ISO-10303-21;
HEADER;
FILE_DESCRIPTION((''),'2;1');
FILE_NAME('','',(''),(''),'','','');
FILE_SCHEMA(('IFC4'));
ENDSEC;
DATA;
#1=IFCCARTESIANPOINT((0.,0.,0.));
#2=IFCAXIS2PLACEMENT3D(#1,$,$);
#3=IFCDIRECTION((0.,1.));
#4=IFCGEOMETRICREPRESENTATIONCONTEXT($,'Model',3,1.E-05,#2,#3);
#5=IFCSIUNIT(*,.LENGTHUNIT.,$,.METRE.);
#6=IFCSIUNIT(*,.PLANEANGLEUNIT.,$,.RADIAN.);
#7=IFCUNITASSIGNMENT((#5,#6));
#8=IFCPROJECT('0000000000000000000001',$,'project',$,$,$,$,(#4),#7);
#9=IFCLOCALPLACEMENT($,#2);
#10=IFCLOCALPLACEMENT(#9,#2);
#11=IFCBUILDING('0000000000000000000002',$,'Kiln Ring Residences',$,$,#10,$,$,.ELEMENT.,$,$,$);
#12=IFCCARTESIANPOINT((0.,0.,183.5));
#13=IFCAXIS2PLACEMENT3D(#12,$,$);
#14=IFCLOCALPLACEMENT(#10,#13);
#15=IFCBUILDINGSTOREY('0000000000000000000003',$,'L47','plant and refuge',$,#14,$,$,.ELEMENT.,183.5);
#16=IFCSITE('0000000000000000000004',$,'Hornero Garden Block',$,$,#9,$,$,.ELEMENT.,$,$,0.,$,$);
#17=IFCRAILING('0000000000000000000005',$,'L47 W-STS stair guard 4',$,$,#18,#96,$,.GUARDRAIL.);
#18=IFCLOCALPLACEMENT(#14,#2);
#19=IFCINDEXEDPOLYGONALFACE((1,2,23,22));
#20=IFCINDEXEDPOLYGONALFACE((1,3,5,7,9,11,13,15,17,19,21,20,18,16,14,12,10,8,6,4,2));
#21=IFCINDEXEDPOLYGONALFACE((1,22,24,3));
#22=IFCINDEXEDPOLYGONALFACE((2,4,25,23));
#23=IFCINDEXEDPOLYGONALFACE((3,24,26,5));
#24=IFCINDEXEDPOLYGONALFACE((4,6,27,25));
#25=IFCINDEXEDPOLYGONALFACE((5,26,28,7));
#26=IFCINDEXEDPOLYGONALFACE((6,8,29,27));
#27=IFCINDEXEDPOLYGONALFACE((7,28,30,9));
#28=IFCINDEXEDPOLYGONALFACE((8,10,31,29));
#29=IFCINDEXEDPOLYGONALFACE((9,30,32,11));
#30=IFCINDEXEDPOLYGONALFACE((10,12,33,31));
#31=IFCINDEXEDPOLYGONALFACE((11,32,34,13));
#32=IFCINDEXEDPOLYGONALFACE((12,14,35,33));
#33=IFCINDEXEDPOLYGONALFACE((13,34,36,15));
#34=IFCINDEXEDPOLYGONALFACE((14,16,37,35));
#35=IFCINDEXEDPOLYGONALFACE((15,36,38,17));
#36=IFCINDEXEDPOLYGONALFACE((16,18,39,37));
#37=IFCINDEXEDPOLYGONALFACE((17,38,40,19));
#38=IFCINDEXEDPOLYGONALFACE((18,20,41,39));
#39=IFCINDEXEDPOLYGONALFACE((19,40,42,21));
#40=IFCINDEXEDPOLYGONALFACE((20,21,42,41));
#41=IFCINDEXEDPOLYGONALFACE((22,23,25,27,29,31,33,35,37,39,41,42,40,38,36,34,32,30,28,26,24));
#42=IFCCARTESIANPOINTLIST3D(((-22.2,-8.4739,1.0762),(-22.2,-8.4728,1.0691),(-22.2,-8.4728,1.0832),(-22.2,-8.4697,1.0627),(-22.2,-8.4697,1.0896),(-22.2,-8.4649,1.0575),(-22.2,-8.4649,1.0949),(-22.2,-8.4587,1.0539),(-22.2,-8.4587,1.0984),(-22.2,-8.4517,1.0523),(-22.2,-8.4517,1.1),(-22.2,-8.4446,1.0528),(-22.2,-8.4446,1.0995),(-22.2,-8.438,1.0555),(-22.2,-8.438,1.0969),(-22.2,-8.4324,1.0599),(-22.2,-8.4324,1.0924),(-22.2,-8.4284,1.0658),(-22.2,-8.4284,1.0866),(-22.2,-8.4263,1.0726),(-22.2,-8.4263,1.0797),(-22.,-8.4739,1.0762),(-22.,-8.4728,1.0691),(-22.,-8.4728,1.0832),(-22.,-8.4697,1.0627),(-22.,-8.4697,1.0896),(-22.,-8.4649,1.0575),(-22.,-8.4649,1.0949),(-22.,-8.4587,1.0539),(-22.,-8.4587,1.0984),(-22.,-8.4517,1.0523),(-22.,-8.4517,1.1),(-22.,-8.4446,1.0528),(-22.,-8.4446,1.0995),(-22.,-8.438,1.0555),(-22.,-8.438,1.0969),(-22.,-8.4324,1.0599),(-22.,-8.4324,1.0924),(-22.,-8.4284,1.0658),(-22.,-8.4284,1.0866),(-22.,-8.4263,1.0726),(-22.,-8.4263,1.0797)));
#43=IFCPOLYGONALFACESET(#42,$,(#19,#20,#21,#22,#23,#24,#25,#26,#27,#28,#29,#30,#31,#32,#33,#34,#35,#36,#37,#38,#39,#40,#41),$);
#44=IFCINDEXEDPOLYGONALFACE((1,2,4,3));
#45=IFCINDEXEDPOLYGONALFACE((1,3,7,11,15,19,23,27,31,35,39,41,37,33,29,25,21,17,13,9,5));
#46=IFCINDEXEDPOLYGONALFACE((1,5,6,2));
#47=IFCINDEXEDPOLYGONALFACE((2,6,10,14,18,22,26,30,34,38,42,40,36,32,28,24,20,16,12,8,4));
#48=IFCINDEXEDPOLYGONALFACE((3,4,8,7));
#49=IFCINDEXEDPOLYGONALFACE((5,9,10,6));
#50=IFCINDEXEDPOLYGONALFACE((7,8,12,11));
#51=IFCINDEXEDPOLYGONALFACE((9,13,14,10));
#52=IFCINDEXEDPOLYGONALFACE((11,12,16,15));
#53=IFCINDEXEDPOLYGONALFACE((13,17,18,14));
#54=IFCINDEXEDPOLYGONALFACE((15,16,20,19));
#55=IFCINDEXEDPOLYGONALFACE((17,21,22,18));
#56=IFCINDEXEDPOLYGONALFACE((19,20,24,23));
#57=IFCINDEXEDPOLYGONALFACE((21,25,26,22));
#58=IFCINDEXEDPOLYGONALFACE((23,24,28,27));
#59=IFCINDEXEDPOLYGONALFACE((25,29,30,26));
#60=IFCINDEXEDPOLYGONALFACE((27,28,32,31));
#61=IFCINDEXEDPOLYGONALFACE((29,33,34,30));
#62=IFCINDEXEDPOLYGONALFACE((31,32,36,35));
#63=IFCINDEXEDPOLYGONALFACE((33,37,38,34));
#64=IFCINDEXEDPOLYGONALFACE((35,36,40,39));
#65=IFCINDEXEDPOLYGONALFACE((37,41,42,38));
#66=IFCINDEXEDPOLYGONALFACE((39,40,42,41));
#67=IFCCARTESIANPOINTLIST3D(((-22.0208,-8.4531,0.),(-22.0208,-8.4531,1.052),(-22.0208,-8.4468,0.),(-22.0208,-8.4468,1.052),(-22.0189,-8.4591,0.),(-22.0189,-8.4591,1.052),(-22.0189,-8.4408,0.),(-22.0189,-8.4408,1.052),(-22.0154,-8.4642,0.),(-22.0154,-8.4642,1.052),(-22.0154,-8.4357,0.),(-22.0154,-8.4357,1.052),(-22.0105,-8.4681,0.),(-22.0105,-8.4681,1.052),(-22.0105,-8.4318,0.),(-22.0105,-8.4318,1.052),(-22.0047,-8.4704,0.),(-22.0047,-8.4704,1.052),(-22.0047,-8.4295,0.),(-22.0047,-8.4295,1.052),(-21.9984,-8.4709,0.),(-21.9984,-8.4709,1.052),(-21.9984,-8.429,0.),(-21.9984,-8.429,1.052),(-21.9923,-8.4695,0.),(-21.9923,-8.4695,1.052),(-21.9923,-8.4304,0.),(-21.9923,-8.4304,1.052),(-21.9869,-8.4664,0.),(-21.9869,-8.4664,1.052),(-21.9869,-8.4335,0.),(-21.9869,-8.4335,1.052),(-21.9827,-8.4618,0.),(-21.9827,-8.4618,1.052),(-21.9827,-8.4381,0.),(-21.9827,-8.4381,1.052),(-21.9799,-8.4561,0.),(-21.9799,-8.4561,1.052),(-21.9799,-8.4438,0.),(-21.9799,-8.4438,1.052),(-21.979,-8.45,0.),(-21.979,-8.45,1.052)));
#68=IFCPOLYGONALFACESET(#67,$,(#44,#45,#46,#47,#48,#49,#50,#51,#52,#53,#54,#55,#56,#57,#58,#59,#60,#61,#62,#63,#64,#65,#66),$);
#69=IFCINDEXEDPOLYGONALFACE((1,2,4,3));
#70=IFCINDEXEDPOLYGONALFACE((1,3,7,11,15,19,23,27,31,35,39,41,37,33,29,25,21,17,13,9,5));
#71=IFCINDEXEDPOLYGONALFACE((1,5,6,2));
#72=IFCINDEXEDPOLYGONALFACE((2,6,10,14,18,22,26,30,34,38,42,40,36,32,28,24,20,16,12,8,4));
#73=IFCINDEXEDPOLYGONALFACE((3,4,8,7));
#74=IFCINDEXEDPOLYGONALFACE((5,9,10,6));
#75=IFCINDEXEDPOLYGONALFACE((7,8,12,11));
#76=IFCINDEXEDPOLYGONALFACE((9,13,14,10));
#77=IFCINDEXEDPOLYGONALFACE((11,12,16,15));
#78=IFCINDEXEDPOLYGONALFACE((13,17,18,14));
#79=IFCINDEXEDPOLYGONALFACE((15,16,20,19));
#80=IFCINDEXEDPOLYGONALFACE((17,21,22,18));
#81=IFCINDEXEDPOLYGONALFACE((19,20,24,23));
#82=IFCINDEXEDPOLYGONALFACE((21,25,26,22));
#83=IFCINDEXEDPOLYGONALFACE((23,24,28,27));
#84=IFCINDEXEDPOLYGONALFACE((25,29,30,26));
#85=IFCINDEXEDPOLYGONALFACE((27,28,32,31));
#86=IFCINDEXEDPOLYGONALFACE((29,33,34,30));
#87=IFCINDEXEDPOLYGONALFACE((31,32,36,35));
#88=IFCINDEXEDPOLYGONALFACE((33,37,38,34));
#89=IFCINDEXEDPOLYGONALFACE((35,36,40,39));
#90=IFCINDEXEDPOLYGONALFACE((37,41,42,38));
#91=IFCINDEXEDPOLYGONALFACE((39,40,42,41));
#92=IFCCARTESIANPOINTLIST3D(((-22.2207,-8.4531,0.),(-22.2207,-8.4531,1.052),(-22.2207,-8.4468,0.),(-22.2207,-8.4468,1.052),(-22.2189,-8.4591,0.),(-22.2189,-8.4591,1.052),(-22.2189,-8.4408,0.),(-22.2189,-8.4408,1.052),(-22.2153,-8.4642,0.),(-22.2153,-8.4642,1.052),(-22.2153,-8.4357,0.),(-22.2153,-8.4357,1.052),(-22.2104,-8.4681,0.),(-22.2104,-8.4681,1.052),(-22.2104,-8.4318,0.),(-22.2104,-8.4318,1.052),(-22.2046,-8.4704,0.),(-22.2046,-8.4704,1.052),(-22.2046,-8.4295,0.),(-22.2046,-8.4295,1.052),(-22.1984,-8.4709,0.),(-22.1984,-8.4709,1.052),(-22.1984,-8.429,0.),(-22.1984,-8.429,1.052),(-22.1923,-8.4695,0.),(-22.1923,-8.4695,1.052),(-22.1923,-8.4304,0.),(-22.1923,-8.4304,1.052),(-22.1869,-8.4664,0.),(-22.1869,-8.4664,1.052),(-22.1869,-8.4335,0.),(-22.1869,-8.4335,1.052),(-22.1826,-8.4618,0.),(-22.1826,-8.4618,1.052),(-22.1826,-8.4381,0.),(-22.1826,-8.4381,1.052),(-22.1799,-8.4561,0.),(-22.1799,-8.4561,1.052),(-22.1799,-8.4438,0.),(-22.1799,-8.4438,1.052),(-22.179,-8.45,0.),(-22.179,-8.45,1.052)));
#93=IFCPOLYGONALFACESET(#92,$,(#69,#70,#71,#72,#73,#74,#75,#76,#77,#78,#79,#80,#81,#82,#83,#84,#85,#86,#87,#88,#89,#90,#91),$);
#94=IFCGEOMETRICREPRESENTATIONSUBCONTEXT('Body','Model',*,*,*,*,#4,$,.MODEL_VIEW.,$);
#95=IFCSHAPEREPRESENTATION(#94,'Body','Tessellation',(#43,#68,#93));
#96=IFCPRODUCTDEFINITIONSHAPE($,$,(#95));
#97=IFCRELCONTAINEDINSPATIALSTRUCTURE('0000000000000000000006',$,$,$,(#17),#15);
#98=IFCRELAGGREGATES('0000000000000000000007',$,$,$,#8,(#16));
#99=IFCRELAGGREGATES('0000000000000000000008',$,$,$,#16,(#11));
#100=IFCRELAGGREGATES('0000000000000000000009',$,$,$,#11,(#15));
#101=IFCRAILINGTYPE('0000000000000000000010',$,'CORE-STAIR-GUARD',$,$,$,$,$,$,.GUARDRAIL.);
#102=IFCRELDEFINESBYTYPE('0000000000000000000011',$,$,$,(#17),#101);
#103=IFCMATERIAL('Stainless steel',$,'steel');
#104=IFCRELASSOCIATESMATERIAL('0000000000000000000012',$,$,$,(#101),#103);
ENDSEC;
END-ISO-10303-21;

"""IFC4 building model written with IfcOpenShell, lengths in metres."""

from ifc_helpers import new_model, si_unit, direction, frame, origin, origin_2d, place, context, subcontext, project, spatial, circle, extrude, material, type_object, element, save


model = new_model("IFC4")

# Units and contexts
model_context = context("Model", 3, precision=1e-05, world=origin(), true_north=direction((0.0, 1.0)))
body_context = subcontext(model_context, "Body", "Model", "MODEL_VIEW")
ifc_project = project(units=[si_unit("LENGTHUNIT", "METRE"), si_unit("PLANEANGLEUNIT", "RADIAN")], contexts=[model_context])

# Site, building, storey
site_placement = place(None, origin())
site = spatial("IfcSite", under=ifc_project, at=site_placement, Name="Hornero Garden Block", CompositionType="ELEMENT", RefElevation=0.0)
building_placement = place(site_placement, origin())
building = spatial("IfcBuilding", under=site, at=building_placement, Name="Kiln Ring Residences", CompositionType="ELEMENT")
storey_placement = place(building_placement, frame((0.0, 0.0, 183.5)))
storey = spatial("IfcBuildingStorey", under=building, at=storey_placement, Name="L47", Description="plant and refuge", CompositionType="ELEMENT", Elevation=183.5)

# Railing
ifc_material_1 = material(Name="Stainless steel", Category="steel")
railing_type_1 = type_object("IfcRailingType", Name="CORE-STAIR-GUARD", PredefinedType="GUARDRAIL", material=ifc_material_1)
railing_1_placement = place(storey_placement, frame((-22.0, -8.45, 0.0)))
element("IfcRailing", 1, at=railing_1_placement, inside=storey, type_object=railing_type_1, Name="L47 W-STS stair guard 4", PredefinedType="GUARDRAIL", context=body_context, shape_type="SweptSolid", body=[
    extrude(circle(Radius=0.0239, at=origin_2d()), frame((0.0, 0.0, 1.0762), z_axis=(-1.0, 0.0, 0.0), x_axis=(0.0, -1.0, 0.0)), (0.0, 0.0, 1.0), 0.2),
    extrude(circle(Radius=0.021, at=origin_2d()), origin(), (0.0, 0.0, 1.0), 1.052),
    extrude(circle(Radius=0.021, at=origin_2d()), frame((-0.2, 0.0, 0.0)), (0.0, 0.0, 1.0), 1.052),
])

save(model, "model.ifc")
